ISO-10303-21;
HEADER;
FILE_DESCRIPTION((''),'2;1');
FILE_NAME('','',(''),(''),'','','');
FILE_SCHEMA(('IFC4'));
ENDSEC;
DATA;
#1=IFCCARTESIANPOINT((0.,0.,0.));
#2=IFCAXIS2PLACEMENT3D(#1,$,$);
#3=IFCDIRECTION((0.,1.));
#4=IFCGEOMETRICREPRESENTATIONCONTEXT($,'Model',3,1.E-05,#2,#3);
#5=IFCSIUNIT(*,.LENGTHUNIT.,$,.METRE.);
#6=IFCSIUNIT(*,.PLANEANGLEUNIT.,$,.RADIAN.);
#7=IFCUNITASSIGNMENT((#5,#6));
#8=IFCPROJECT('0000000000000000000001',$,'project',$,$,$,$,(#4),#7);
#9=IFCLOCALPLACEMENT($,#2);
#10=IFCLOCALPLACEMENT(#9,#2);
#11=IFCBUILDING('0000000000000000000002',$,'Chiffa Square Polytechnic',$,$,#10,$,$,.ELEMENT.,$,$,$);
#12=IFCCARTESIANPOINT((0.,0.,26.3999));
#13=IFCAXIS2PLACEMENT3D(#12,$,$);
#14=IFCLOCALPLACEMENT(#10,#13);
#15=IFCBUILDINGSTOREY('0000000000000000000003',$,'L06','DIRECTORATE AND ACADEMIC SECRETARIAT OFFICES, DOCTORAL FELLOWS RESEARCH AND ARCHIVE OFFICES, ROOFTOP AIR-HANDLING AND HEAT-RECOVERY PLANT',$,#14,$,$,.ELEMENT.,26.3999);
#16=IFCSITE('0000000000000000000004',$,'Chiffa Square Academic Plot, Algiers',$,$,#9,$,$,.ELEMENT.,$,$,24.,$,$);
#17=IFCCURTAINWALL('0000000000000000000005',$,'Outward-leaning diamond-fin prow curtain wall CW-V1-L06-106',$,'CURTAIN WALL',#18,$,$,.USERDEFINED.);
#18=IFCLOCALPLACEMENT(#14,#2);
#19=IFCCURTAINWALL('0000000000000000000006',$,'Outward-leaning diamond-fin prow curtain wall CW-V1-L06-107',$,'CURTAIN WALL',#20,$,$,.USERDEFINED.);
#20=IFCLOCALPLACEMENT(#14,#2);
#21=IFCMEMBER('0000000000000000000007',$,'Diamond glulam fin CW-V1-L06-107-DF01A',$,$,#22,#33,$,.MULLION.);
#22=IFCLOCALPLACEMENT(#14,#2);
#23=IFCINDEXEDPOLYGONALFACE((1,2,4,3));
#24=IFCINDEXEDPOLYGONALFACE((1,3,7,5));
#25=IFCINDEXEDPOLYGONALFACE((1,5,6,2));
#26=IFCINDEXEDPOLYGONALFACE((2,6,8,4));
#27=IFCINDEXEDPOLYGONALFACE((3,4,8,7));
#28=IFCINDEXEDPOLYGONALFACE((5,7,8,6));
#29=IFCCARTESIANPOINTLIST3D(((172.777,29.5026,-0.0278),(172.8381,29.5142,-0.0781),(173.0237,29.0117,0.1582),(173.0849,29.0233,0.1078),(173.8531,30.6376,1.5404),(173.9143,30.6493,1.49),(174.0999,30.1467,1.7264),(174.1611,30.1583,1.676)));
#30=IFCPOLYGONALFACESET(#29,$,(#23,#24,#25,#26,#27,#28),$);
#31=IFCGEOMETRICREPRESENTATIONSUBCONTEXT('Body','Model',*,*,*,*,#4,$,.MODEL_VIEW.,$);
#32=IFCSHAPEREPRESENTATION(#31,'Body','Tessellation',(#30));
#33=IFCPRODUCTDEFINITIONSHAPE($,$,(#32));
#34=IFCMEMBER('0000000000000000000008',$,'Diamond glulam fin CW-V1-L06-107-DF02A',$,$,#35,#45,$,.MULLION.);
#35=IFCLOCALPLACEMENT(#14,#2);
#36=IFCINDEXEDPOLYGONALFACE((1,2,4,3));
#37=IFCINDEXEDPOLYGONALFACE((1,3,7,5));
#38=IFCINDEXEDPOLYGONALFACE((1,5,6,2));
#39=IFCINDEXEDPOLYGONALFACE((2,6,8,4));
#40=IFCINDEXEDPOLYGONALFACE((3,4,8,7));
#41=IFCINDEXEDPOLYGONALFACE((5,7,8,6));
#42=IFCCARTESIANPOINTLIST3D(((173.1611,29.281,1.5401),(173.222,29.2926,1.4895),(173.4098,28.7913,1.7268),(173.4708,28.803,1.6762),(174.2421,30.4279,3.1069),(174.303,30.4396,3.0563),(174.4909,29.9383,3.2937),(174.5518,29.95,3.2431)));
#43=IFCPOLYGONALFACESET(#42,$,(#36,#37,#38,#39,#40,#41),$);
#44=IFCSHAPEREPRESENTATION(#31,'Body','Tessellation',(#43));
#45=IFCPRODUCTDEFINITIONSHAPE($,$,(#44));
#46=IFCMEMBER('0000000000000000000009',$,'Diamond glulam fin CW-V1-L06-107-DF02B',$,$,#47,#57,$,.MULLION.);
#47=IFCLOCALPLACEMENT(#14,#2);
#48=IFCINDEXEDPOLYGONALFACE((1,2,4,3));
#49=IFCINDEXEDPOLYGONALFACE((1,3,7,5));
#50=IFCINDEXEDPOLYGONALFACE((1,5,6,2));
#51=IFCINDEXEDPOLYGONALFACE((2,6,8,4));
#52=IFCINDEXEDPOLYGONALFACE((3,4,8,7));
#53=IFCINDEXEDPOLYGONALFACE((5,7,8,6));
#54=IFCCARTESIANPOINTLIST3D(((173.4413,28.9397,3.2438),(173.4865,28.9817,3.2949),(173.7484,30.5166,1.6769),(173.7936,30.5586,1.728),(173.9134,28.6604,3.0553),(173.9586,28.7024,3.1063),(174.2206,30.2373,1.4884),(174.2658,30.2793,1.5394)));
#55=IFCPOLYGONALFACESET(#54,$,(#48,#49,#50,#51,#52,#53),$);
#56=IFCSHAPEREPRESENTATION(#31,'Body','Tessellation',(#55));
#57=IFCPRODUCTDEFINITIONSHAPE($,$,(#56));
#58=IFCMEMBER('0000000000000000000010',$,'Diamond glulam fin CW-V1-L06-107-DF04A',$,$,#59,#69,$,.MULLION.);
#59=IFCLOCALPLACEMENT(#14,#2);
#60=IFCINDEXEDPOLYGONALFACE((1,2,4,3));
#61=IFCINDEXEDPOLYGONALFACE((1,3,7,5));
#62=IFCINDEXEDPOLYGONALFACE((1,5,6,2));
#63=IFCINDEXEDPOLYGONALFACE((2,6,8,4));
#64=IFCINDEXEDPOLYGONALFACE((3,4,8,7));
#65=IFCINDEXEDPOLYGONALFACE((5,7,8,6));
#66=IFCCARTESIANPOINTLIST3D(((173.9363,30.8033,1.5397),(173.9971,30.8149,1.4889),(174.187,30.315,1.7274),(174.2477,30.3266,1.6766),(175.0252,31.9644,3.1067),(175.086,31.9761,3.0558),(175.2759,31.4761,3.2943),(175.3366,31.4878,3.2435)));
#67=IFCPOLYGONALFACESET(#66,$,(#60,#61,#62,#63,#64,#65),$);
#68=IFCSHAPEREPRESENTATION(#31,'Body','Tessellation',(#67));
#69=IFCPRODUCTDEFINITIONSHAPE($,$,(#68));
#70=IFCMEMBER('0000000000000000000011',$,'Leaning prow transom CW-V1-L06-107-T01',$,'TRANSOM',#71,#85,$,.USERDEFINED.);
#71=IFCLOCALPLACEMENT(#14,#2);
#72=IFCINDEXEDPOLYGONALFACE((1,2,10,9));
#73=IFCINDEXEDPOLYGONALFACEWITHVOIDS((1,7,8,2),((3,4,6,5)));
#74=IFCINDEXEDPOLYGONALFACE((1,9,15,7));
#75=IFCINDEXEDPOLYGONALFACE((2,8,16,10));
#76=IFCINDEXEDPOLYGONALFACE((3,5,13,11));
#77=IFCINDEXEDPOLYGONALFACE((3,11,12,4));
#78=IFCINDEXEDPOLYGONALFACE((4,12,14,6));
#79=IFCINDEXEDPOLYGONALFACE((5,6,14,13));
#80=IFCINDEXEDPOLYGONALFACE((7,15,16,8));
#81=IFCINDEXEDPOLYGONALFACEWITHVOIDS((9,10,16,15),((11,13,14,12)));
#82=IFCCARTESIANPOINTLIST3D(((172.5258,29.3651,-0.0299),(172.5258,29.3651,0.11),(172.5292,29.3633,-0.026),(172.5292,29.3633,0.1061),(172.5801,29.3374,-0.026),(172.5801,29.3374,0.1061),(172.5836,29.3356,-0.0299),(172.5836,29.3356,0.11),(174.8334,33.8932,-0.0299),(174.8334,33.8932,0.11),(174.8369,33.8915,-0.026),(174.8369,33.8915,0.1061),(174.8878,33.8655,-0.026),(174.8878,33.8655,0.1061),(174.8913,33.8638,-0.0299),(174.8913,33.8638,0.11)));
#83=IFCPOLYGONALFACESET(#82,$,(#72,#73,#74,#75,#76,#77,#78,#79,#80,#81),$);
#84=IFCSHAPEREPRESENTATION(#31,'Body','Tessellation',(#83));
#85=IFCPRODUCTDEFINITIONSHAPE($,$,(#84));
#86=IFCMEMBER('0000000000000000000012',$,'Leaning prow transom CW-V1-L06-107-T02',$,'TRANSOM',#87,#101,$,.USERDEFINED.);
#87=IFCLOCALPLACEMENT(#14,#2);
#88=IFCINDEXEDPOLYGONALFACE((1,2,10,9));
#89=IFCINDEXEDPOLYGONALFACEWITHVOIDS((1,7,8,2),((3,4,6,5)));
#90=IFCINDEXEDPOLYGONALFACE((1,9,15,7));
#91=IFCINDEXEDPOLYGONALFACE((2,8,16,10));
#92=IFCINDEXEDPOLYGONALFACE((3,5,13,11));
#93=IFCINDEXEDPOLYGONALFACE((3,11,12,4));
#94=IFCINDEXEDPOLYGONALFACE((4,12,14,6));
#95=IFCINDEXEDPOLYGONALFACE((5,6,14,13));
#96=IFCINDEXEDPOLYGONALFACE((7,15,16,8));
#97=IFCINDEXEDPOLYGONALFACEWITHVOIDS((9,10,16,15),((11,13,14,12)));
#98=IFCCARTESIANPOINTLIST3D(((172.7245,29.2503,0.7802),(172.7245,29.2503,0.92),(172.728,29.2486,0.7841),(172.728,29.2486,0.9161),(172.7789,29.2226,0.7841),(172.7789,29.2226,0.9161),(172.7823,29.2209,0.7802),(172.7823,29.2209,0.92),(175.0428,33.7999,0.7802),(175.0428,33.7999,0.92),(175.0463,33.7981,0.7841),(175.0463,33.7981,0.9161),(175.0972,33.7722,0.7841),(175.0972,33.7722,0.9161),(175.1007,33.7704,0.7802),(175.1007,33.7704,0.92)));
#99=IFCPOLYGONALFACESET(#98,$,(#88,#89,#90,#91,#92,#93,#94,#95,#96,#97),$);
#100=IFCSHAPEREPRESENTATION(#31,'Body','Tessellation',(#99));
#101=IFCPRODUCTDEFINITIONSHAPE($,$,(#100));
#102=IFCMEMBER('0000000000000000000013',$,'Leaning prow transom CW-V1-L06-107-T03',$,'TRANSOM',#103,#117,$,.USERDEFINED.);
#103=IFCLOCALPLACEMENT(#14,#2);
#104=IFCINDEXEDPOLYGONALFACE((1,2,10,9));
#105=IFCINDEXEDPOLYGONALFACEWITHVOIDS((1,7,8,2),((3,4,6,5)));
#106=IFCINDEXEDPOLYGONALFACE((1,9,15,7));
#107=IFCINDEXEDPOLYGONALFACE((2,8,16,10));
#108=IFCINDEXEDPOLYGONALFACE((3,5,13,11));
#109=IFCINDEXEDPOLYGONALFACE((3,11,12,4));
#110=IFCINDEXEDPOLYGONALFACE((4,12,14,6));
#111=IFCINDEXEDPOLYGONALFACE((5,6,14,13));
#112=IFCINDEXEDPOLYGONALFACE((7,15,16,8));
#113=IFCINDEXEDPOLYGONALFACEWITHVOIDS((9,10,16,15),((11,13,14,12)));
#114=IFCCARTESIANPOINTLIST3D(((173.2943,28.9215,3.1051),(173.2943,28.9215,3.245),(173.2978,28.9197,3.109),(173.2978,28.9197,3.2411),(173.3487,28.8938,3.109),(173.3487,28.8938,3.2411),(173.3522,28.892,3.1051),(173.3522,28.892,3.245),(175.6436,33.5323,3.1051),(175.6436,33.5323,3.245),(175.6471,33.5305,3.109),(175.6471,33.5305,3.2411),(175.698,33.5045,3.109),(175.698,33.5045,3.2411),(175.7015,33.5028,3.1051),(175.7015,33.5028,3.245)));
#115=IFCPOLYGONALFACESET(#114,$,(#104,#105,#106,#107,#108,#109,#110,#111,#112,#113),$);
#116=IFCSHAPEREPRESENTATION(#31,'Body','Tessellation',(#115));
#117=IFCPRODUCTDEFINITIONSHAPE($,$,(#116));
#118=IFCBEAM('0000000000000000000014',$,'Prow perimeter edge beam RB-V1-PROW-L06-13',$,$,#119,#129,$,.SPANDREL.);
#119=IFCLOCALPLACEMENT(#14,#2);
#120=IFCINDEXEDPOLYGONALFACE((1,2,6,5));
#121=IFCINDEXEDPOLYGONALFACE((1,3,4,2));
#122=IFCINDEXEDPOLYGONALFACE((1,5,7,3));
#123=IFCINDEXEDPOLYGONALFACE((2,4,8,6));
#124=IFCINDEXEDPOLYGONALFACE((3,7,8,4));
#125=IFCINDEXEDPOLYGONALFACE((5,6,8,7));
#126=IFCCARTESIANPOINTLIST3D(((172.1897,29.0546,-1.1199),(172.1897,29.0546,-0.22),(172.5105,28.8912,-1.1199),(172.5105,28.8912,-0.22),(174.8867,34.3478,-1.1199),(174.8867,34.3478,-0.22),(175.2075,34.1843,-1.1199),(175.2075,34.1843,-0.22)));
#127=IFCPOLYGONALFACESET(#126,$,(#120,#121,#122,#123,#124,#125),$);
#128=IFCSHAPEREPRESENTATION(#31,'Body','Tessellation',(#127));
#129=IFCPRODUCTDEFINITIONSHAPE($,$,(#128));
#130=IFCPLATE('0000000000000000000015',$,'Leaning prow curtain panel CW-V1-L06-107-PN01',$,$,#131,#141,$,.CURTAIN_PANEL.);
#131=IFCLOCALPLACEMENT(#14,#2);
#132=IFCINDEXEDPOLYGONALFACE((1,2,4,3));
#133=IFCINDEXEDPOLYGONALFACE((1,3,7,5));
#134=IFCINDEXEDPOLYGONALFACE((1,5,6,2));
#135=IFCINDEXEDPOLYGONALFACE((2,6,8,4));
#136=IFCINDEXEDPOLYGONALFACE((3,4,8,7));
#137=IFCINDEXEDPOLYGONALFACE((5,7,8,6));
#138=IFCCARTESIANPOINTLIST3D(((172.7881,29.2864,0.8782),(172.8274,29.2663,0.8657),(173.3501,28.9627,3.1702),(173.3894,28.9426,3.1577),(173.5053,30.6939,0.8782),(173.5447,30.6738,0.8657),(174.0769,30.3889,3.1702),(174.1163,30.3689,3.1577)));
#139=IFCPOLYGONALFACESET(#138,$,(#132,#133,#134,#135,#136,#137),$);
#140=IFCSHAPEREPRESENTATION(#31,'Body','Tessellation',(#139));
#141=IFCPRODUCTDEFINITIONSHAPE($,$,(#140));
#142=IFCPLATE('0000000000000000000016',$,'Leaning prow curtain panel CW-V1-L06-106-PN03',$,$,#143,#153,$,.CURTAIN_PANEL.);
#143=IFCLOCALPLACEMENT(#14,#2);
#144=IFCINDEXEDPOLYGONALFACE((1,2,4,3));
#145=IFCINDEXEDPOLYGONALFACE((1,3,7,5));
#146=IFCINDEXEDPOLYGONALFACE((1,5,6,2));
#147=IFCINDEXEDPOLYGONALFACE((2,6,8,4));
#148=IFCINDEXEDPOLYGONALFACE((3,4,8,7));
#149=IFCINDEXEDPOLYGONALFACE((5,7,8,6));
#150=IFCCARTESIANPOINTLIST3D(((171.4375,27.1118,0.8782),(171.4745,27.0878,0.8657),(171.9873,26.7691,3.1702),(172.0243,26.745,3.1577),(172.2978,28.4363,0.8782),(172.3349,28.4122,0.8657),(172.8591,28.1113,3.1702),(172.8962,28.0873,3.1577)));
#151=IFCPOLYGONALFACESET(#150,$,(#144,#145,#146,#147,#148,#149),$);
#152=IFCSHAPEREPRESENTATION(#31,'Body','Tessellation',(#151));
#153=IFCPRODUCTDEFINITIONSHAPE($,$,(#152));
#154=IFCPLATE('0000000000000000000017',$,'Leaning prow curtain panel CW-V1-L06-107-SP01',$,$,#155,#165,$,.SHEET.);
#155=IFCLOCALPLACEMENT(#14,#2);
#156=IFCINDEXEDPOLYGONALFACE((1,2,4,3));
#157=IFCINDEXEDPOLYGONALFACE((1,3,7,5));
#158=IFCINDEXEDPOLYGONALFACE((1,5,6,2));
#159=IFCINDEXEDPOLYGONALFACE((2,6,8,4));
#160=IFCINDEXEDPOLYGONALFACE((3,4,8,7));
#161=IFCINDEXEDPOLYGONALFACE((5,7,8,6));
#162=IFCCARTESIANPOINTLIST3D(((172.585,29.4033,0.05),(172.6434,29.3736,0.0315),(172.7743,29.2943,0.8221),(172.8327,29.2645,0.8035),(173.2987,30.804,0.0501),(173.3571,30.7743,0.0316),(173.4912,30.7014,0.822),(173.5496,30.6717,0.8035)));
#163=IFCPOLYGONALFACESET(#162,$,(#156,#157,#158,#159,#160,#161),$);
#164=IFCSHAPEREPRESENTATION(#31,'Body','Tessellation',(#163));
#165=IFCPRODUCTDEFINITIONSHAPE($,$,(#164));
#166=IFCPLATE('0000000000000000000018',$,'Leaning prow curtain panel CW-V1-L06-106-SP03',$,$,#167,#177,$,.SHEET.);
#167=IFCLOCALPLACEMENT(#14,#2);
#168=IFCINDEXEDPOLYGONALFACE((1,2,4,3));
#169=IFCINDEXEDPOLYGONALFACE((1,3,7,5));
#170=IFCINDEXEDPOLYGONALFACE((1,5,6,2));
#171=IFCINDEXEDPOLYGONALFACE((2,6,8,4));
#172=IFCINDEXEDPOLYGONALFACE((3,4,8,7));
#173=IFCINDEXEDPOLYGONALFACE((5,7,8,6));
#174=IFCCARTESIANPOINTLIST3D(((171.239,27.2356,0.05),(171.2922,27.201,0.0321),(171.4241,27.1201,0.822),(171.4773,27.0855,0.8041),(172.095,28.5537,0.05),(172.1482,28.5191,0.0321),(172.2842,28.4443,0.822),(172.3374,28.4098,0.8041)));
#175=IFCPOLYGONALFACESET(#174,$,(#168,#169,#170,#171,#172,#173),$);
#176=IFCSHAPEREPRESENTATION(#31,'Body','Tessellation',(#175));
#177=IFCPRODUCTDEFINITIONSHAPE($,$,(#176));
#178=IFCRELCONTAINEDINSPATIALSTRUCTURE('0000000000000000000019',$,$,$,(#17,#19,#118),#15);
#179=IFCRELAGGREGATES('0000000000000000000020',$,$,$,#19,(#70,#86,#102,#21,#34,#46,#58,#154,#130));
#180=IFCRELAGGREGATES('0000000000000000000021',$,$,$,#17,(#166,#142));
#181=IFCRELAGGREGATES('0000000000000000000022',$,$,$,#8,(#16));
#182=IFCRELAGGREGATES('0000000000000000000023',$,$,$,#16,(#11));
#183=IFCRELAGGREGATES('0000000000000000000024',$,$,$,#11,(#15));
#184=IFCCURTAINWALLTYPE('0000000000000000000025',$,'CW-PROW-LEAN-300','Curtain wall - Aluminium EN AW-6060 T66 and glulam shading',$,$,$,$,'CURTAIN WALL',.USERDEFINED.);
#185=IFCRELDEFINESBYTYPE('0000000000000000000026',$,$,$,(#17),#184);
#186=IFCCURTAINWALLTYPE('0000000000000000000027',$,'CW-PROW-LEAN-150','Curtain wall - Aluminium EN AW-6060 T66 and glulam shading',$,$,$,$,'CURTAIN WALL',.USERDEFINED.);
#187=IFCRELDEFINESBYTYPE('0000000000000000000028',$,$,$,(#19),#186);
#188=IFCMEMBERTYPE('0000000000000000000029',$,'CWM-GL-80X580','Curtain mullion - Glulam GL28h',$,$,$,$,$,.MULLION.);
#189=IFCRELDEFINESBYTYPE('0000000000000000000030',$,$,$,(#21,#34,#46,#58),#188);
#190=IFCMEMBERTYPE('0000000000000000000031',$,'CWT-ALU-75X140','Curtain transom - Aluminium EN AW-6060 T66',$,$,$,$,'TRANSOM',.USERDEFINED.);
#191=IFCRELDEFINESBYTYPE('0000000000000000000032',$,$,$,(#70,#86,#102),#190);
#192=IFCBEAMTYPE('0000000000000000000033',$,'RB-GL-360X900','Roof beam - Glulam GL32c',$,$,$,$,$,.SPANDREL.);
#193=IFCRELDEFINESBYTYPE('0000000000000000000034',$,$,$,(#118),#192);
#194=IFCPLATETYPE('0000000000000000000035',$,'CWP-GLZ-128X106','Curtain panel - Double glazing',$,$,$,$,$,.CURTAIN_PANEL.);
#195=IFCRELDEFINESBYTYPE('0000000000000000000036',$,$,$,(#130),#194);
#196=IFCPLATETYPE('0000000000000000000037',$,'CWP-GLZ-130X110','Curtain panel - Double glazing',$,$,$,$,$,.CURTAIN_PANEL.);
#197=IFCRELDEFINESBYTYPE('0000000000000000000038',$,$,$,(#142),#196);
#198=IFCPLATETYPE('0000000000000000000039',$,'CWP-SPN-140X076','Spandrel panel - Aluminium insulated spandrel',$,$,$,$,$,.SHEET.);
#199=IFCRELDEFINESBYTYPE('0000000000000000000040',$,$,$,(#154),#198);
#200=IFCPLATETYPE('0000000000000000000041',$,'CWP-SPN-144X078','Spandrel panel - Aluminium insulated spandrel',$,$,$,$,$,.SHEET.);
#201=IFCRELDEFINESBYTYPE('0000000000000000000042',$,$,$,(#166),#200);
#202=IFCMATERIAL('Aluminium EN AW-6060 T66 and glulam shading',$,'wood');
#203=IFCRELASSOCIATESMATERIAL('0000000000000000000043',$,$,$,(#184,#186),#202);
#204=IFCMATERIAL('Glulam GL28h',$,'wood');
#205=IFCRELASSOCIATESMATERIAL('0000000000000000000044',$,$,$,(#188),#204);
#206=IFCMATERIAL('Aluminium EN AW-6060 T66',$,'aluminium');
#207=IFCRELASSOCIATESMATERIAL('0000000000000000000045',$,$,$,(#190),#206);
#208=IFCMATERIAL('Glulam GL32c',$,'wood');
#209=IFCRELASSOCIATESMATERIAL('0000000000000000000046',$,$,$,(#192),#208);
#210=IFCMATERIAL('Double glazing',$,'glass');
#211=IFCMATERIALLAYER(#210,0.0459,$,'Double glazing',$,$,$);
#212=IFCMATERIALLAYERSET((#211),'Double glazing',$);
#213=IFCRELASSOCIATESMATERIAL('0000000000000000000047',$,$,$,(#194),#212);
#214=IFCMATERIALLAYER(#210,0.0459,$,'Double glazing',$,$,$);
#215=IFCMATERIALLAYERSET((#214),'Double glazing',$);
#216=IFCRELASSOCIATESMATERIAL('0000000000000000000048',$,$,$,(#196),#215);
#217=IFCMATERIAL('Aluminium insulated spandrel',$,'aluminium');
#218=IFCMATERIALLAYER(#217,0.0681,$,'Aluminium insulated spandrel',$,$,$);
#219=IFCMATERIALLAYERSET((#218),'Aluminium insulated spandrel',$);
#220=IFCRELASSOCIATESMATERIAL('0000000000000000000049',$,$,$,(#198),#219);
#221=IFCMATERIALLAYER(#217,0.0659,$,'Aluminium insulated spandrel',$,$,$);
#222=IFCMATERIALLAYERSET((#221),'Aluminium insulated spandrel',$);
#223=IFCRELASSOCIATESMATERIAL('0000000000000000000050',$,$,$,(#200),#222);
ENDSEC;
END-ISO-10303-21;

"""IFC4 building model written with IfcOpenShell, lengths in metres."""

from ifc_helpers import new_model, si_unit, direction, frame, origin, origin_2d, place, context, subcontext, project, spatial, polyline, rectangle, hollow_rectangle, outline, extrude, material, layer, layer_set, material_profile, profile_set, type_object, element, aggregate, save


model = new_model("IFC4")

# Units and contexts
model_context = context("Model", 3, precision=1e-05, world=origin(), true_north=direction((0.0, 1.0)))
body_context = subcontext(model_context, "Body", "Model", "MODEL_VIEW")
ifc_project = project(units=[si_unit("LENGTHUNIT", "METRE"), si_unit("PLANEANGLEUNIT", "RADIAN")], contexts=[model_context])

# Site, building, storey
site_placement = place(None, origin())
site = spatial("IfcSite", under=ifc_project, at=site_placement, Name="Chiffa Square Academic Plot, Algiers", CompositionType="ELEMENT", RefElevation=24.0)
building_placement = place(site_placement, origin())
building = spatial("IfcBuilding", under=site, at=building_placement, Name="Chiffa Square Polytechnic", CompositionType="ELEMENT")
storey_placement = place(building_placement, frame((0.0, 0.0, 26.3999)))
storey = spatial("IfcBuildingStorey", under=building, at=storey_placement, Name="L06", Description="DIRECTORATE AND ACADEMIC SECRETARIAT OFFICES, DOCTORAL FELLOWS RESEARCH AND ARCHIVE OFFICES, ROOFTOP AIR-HANDLING AND HEAT-RECOVERY PLANT", CompositionType="ELEMENT", Elevation=26.3999)

# Shared definitions
ifc_material_1 = material(Name="Glulam GL32c", Category="wood")

# Curtain wall
ifc_material_2 = material(Name="Aluminium EN AW-6060 T66 and glulam shading", Category="wood")
curtain_wall_type_1 = type_object("IfcCurtainWallType", Name="CW-PROW-LEAN-300", Description="Curtain wall - Aluminium EN AW-6060 T66 and glulam shading", ElementType="CURTAIN WALL", PredefinedType="USERDEFINED", material=ifc_material_2)
curtain_wall_1_placement = place(storey_placement, origin())
curtain_wall_1 = element("IfcCurtainWall", 1, at=curtain_wall_1_placement, inside=storey, type_object=curtain_wall_type_1, Name="Outward-leaning diamond-fin prow curtain wall CW-V1-L06-106", ObjectType="CURTAIN WALL", PredefinedType="USERDEFINED")
ifc_material_3 = material(Name="Aluminium EN AW-6060 T66", Category="aluminium")

# Curtain wall
curtain_wall_type_2 = type_object("IfcCurtainWallType", Name="CW-PROW-LEAN-150", Description="Curtain wall - Aluminium EN AW-6060 T66 and glulam shading", ElementType="CURTAIN WALL", PredefinedType="USERDEFINED", material=ifc_material_2)
curtain_wall_2_placement = place(storey_placement, origin())
curtain_wall_2 = element("IfcCurtainWall", 2, at=curtain_wall_2_placement, inside=storey, type_object=curtain_wall_type_2, Name="Outward-leaning diamond-fin prow curtain wall CW-V1-L06-107", ObjectType="CURTAIN WALL", PredefinedType="USERDEFINED")

# Members
ifc_material_4 = material(Name="Glulam GL28h", Category="wood")
ifc_material_profile_1 = material_profile(ifc_material_4, rectangle(XDim=0.0801, YDim=0.5801, at=origin_2d()), Name="GL28h 80x580")
ifc_profile_set_1 = profile_set([ifc_material_profile_1], Name="Glulam GL28h")
member_type_1 = type_object("IfcMemberType", Name="CWM-GL-80X580", Description="Curtain mullion - Glulam GL28h", PredefinedType="MULLION", material=ifc_profile_set_1)
member_1_placement = place(storey_placement, frame((172.9309, 29.2629, 0.04), z_axis=(0.485898, 0.512464, 0.708014), x_axis=(-0.763497, -0.145415, 0.629228)))
member_1 = element("IfcMember", 3, at=member_1_placement, type_object=member_type_1, Name="Diamond glulam fin CW-V1-L06-107-DF01A", PredefinedType="MULLION", context=body_context, shape_type="SweptSolid", body=[
    extrude(rectangle(XDim=0.0801, YDim=0.5801, at=origin_2d()), origin(), (0.0, 0.0, 1.0), 2.2148),
])
member_2_placement = place(storey_placement, frame((173.3159, 29.042, 1.6082), z_axis=(0.48642, 0.51608, 0.705023), x_axis=(-0.761233, -0.145746, 0.631888)))
member_2 = element("IfcMember", 4, at=member_2_placement, type_object=member_type_1, Name="Diamond glulam fin CW-V1-L06-107-DF02A", PredefinedType="MULLION", context=body_context, shape_type="SweptSolid", body=[
    extrude(rectangle(XDim=0.0801, YDim=0.5801, at=origin_2d()), origin(), (0.0, 0.0, 1.0), 2.2224),
])
member_3_placement = place(storey_placement, frame((174.0071, 30.3979, 1.6082), z_axis=(-0.136859, -0.70268, 0.69822), x_axis=(0.56455, 0.523852, 0.637857)))
member_3 = element("IfcMember", 5, at=member_3_placement, type_object=member_type_1, Name="Diamond glulam fin CW-V1-L06-107-DF02B", PredefinedType="MULLION", context=body_context, shape_type="SweptSolid", body=[
    extrude(rectangle(XDim=0.0801, YDim=0.5801, at=origin_2d()), origin(), (0.0, 0.0, 1.0), 2.2441),
])
member_4_placement = place(storey_placement, frame((174.092, 30.5649, 1.6082), z_axis=(0.487492, 0.519846, 0.701507), x_axis=(-0.758719, -0.145387, 0.634987)))
member_4 = element("IfcMember", 6, at=member_4_placement, type_object=member_type_1, Name="Diamond glulam fin CW-V1-L06-107-DF04A", PredefinedType="MULLION", context=body_context, shape_type="SweptSolid", body=[
    extrude(rectangle(XDim=0.0801, YDim=0.5801, at=origin_2d()), origin(), (0.0, 0.0, 1.0), 2.2336),
])
ifc_material_profile_2 = material_profile(ifc_material_3, hollow_rectangle(XDim=0.0649, YDim=0.1399, WallThickness=0.0039, at=origin_2d()), Name="ALU 65x140x4")
ifc_profile_set_2 = profile_set([ifc_material_profile_2], Name="Aluminium EN AW-6060 T66")
member_type_2 = type_object("IfcMemberType", Name="CWT-ALU-75X140", Description="Curtain transom - Aluminium EN AW-6060 T66", ElementType="TRANSOM", PredefinedType="USERDEFINED", material=ifc_profile_set_2)
member_5_placement = place(storey_placement, frame((172.5547, 29.3503, 0.04), z_axis=(0.45406, 0.890971, 0.0), x_axis=(-0.890971, 0.45406, 0.0)))
member_5 = element("IfcMember", 7, at=member_5_placement, type_object=member_type_2, Name="Leaning prow transom CW-V1-L06-107-T01", ObjectType="TRANSOM", PredefinedType="USERDEFINED", context=body_context, shape_type="SweptSolid", body=[
    extrude(hollow_rectangle(XDim=0.0649, YDim=0.1399, WallThickness=0.0039, at=origin_2d()), origin(), (0.0, 0.0, 1.0), 5.0823),
])
member_6_placement = place(storey_placement, frame((172.7534, 29.2356, 0.8501), z_axis=(0.454028, 0.890987, 0.0), x_axis=(-0.890987, 0.454028, 0.0)))
member_6 = element("IfcMember", 8, at=member_6_placement, type_object=member_type_2, Name="Leaning prow transom CW-V1-L06-107-T02", ObjectType="TRANSOM", PredefinedType="USERDEFINED", context=body_context, shape_type="SweptSolid", body=[
    extrude(hollow_rectangle(XDim=0.0649, YDim=0.1399, WallThickness=0.0039, at=origin_2d()), origin(), (0.0, 0.0, 1.0), 5.1062),
])
member_7_placement = place(storey_placement, frame((173.3232, 28.9067, 3.175), z_axis=(0.453994, 0.891005, 0.0), x_axis=(-0.891005, 0.453994, 0.0)))
member_7 = element("IfcMember", 9, at=member_7_placement, type_object=member_type_2, Name="Leaning prow transom CW-V1-L06-107-T03", ObjectType="TRANSOM", PredefinedType="USERDEFINED", context=body_context, shape_type="SweptSolid", body=[
    extrude(hollow_rectangle(XDim=0.0649, YDim=0.1399, WallThickness=0.0039, at=origin_2d()), origin(), (0.0, 0.0, 1.0), 5.1748),
])

# Beam
ifc_material_profile_3 = material_profile(ifc_material_1, rectangle(XDim=0.3601, YDim=0.8999, at=origin_2d()), Name="GL32c 360x900")
ifc_profile_set_3 = profile_set([ifc_material_profile_3], Name="Glulam GL32c")
beam_type_1 = type_object("IfcBeamType", Name="RB-GL-360X900", Description="Roof beam - Glulam GL32c", PredefinedType="SPANDREL", material=ifc_profile_set_3)
beam_1_placement = place(storey_placement, frame((172.3501, 28.9729, -0.6699), z_axis=(0.45399, 0.891007, 0.0), x_axis=(-0.891007, 0.45399, 0.0)))
element("IfcBeam", 10, at=beam_1_placement, inside=storey, type_object=beam_type_1, Name="Prow perimeter edge beam RB-V1-PROW-L06-13", PredefinedType="SPANDREL", context=body_context, shape_type="SweptSolid", body=[
    extrude(rectangle(XDim=0.3601, YDim=0.8999, at=origin_2d()), origin(), (0.0, 0.0, 1.0), 5.9407),
])

# Plates
ifc_material_5 = material(Name="Double glazing", Category="glass")
ifc_layer_1 = layer(ifc_material_5, 0.0459, Name="Double glazing")
ifc_layer_set_1 = layer_set([ifc_layer_1], Name="Double glazing")
plate_type_1 = type_object("IfcPlateType", Name="CWP-GLZ-128X106", Description="Curtain panel - Double glazing", PredefinedType="CURTAIN_PANEL", material=ifc_layer_set_1)
plate_1_placement = place(storey_placement, frame((172.7881, 29.2864, 0.8782), z_axis=(-0.857399, 0.436936, 0.271944), x_axis=(0.454049, 0.890977, 0.000004)))
plate_1 = element("IfcPlate", 11, at=plate_1_placement, type_object=plate_type_1, Name="Leaning prow curtain panel CW-V1-L06-107-PN01", PredefinedType="CURTAIN_PANEL", context=body_context, shape_type="SweptSolid", body=[
    extrude(outline(polyline([(0.0, 0.0), (1.5797, 0.0), (1.5675, -2.3817), (-0.0332, -2.3818), (0.0, 0.0)])), origin(), (0.0, 0.0, -1.0), 0.0459),
])
ifc_layer_2 = layer(ifc_material_5, 0.0459, Name="Double glazing")
ifc_layer_set_2 = layer_set([ifc_layer_2], Name="Double glazing")
plate_type_2 = type_object("IfcPlateType", Name="CWP-GLZ-130X110", Description="Curtain panel - Double glazing", PredefinedType="CURTAIN_PANEL", material=ifc_layer_set_2)
plate_2_placement = place(storey_placement, frame((171.4375, 27.1118, 0.8782), z_axis=(-0.807008, 0.52419, 0.271962), x_axis=(0.544723, 0.838616, 0.000007)))
plate_2 = element("IfcPlate", 12, at=plate_2_placement, type_object=plate_type_2, Name="Leaning prow curtain panel CW-V1-L06-106-PN03", PredefinedType="CURTAIN_PANEL", context=body_context, shape_type="SweptSolid", body=[
    extrude(outline(polyline([(0.0, 0.0), (1.5794, 0.0), (1.6126, -2.3818), (0.0121, -2.3818), (0.0, 0.0)])), origin(), (0.0, 0.0, -1.0), 0.0459),
])
ifc_material_6 = material(Name="Aluminium insulated spandrel", Category="aluminium")
ifc_layer_3 = layer(ifc_material_6, 0.0681, Name="Aluminium insulated spandrel")
ifc_layer_set_3 = layer_set([ifc_layer_3], Name="Aluminium insulated spandrel")
plate_type_3 = type_object("IfcPlateType", Name="CWP-SPN-140X076", Description="Spandrel panel - Aluminium insulated spandrel", PredefinedType="SHEET", material=ifc_layer_set_3)
plate_3_placement = place(storey_placement, frame((172.585, 29.4033, 0.05), z_axis=(-0.857428, 0.436878, 0.271947), x_axis=(0.453995, 0.891004, 0.000032)))
plate_3 = element("IfcPlate", 13, at=plate_3_placement, type_object=plate_type_3, Name="Leaning prow curtain panel CW-V1-L06-107-SP01", PredefinedType="SHEET", context=body_context, shape_type="SweptSolid", body=[
    extrude(outline(polyline([(0.0, 0.0), (1.5721, 0.0), (1.5681, -0.8022), (-0.0112, -0.8023), (0.0, 0.0)])), origin(), (0.0, 0.0, -1.0), 0.0681),
])
aggregate(curtain_wall_2, [member_5, member_6, member_7, member_1, member_2, member_3, member_4, plate_3, plate_1])
ifc_layer_4 = layer(ifc_material_6, 0.0659, Name="Aluminium insulated spandrel")
ifc_layer_set_4 = layer_set([ifc_layer_4], Name="Aluminium insulated spandrel")
plate_type_4 = type_object("IfcPlateType", Name="CWP-SPN-144X078", Description="Spandrel panel - Aluminium insulated spandrel", PredefinedType="SHEET", material=ifc_layer_set_4)
plate_4_placement = place(storey_placement, frame((171.239, 27.2356, 0.05), z_axis=(-0.807042, 0.524134, 0.271968), x_axis=(0.544661, 0.838656, -0.000013)))
plate_4 = element("IfcPlate", 14, at=plate_4_placement, type_object=plate_type_4, Name="Leaning prow curtain panel CW-V1-L06-106-SP03", PredefinedType="SHEET", context=body_context, shape_type="SweptSolid", body=[
    extrude(outline(polyline([(0.0, 0.0), (1.5717, 0.0), (1.583, -0.8022), (0.0039, -0.8022), (0.0, 0.0)])), origin(), (0.0, 0.0, -1.0), 0.0659),
])
aggregate(curtain_wall_1, [plate_4, plate_2])

save(model, "model.ifc")
